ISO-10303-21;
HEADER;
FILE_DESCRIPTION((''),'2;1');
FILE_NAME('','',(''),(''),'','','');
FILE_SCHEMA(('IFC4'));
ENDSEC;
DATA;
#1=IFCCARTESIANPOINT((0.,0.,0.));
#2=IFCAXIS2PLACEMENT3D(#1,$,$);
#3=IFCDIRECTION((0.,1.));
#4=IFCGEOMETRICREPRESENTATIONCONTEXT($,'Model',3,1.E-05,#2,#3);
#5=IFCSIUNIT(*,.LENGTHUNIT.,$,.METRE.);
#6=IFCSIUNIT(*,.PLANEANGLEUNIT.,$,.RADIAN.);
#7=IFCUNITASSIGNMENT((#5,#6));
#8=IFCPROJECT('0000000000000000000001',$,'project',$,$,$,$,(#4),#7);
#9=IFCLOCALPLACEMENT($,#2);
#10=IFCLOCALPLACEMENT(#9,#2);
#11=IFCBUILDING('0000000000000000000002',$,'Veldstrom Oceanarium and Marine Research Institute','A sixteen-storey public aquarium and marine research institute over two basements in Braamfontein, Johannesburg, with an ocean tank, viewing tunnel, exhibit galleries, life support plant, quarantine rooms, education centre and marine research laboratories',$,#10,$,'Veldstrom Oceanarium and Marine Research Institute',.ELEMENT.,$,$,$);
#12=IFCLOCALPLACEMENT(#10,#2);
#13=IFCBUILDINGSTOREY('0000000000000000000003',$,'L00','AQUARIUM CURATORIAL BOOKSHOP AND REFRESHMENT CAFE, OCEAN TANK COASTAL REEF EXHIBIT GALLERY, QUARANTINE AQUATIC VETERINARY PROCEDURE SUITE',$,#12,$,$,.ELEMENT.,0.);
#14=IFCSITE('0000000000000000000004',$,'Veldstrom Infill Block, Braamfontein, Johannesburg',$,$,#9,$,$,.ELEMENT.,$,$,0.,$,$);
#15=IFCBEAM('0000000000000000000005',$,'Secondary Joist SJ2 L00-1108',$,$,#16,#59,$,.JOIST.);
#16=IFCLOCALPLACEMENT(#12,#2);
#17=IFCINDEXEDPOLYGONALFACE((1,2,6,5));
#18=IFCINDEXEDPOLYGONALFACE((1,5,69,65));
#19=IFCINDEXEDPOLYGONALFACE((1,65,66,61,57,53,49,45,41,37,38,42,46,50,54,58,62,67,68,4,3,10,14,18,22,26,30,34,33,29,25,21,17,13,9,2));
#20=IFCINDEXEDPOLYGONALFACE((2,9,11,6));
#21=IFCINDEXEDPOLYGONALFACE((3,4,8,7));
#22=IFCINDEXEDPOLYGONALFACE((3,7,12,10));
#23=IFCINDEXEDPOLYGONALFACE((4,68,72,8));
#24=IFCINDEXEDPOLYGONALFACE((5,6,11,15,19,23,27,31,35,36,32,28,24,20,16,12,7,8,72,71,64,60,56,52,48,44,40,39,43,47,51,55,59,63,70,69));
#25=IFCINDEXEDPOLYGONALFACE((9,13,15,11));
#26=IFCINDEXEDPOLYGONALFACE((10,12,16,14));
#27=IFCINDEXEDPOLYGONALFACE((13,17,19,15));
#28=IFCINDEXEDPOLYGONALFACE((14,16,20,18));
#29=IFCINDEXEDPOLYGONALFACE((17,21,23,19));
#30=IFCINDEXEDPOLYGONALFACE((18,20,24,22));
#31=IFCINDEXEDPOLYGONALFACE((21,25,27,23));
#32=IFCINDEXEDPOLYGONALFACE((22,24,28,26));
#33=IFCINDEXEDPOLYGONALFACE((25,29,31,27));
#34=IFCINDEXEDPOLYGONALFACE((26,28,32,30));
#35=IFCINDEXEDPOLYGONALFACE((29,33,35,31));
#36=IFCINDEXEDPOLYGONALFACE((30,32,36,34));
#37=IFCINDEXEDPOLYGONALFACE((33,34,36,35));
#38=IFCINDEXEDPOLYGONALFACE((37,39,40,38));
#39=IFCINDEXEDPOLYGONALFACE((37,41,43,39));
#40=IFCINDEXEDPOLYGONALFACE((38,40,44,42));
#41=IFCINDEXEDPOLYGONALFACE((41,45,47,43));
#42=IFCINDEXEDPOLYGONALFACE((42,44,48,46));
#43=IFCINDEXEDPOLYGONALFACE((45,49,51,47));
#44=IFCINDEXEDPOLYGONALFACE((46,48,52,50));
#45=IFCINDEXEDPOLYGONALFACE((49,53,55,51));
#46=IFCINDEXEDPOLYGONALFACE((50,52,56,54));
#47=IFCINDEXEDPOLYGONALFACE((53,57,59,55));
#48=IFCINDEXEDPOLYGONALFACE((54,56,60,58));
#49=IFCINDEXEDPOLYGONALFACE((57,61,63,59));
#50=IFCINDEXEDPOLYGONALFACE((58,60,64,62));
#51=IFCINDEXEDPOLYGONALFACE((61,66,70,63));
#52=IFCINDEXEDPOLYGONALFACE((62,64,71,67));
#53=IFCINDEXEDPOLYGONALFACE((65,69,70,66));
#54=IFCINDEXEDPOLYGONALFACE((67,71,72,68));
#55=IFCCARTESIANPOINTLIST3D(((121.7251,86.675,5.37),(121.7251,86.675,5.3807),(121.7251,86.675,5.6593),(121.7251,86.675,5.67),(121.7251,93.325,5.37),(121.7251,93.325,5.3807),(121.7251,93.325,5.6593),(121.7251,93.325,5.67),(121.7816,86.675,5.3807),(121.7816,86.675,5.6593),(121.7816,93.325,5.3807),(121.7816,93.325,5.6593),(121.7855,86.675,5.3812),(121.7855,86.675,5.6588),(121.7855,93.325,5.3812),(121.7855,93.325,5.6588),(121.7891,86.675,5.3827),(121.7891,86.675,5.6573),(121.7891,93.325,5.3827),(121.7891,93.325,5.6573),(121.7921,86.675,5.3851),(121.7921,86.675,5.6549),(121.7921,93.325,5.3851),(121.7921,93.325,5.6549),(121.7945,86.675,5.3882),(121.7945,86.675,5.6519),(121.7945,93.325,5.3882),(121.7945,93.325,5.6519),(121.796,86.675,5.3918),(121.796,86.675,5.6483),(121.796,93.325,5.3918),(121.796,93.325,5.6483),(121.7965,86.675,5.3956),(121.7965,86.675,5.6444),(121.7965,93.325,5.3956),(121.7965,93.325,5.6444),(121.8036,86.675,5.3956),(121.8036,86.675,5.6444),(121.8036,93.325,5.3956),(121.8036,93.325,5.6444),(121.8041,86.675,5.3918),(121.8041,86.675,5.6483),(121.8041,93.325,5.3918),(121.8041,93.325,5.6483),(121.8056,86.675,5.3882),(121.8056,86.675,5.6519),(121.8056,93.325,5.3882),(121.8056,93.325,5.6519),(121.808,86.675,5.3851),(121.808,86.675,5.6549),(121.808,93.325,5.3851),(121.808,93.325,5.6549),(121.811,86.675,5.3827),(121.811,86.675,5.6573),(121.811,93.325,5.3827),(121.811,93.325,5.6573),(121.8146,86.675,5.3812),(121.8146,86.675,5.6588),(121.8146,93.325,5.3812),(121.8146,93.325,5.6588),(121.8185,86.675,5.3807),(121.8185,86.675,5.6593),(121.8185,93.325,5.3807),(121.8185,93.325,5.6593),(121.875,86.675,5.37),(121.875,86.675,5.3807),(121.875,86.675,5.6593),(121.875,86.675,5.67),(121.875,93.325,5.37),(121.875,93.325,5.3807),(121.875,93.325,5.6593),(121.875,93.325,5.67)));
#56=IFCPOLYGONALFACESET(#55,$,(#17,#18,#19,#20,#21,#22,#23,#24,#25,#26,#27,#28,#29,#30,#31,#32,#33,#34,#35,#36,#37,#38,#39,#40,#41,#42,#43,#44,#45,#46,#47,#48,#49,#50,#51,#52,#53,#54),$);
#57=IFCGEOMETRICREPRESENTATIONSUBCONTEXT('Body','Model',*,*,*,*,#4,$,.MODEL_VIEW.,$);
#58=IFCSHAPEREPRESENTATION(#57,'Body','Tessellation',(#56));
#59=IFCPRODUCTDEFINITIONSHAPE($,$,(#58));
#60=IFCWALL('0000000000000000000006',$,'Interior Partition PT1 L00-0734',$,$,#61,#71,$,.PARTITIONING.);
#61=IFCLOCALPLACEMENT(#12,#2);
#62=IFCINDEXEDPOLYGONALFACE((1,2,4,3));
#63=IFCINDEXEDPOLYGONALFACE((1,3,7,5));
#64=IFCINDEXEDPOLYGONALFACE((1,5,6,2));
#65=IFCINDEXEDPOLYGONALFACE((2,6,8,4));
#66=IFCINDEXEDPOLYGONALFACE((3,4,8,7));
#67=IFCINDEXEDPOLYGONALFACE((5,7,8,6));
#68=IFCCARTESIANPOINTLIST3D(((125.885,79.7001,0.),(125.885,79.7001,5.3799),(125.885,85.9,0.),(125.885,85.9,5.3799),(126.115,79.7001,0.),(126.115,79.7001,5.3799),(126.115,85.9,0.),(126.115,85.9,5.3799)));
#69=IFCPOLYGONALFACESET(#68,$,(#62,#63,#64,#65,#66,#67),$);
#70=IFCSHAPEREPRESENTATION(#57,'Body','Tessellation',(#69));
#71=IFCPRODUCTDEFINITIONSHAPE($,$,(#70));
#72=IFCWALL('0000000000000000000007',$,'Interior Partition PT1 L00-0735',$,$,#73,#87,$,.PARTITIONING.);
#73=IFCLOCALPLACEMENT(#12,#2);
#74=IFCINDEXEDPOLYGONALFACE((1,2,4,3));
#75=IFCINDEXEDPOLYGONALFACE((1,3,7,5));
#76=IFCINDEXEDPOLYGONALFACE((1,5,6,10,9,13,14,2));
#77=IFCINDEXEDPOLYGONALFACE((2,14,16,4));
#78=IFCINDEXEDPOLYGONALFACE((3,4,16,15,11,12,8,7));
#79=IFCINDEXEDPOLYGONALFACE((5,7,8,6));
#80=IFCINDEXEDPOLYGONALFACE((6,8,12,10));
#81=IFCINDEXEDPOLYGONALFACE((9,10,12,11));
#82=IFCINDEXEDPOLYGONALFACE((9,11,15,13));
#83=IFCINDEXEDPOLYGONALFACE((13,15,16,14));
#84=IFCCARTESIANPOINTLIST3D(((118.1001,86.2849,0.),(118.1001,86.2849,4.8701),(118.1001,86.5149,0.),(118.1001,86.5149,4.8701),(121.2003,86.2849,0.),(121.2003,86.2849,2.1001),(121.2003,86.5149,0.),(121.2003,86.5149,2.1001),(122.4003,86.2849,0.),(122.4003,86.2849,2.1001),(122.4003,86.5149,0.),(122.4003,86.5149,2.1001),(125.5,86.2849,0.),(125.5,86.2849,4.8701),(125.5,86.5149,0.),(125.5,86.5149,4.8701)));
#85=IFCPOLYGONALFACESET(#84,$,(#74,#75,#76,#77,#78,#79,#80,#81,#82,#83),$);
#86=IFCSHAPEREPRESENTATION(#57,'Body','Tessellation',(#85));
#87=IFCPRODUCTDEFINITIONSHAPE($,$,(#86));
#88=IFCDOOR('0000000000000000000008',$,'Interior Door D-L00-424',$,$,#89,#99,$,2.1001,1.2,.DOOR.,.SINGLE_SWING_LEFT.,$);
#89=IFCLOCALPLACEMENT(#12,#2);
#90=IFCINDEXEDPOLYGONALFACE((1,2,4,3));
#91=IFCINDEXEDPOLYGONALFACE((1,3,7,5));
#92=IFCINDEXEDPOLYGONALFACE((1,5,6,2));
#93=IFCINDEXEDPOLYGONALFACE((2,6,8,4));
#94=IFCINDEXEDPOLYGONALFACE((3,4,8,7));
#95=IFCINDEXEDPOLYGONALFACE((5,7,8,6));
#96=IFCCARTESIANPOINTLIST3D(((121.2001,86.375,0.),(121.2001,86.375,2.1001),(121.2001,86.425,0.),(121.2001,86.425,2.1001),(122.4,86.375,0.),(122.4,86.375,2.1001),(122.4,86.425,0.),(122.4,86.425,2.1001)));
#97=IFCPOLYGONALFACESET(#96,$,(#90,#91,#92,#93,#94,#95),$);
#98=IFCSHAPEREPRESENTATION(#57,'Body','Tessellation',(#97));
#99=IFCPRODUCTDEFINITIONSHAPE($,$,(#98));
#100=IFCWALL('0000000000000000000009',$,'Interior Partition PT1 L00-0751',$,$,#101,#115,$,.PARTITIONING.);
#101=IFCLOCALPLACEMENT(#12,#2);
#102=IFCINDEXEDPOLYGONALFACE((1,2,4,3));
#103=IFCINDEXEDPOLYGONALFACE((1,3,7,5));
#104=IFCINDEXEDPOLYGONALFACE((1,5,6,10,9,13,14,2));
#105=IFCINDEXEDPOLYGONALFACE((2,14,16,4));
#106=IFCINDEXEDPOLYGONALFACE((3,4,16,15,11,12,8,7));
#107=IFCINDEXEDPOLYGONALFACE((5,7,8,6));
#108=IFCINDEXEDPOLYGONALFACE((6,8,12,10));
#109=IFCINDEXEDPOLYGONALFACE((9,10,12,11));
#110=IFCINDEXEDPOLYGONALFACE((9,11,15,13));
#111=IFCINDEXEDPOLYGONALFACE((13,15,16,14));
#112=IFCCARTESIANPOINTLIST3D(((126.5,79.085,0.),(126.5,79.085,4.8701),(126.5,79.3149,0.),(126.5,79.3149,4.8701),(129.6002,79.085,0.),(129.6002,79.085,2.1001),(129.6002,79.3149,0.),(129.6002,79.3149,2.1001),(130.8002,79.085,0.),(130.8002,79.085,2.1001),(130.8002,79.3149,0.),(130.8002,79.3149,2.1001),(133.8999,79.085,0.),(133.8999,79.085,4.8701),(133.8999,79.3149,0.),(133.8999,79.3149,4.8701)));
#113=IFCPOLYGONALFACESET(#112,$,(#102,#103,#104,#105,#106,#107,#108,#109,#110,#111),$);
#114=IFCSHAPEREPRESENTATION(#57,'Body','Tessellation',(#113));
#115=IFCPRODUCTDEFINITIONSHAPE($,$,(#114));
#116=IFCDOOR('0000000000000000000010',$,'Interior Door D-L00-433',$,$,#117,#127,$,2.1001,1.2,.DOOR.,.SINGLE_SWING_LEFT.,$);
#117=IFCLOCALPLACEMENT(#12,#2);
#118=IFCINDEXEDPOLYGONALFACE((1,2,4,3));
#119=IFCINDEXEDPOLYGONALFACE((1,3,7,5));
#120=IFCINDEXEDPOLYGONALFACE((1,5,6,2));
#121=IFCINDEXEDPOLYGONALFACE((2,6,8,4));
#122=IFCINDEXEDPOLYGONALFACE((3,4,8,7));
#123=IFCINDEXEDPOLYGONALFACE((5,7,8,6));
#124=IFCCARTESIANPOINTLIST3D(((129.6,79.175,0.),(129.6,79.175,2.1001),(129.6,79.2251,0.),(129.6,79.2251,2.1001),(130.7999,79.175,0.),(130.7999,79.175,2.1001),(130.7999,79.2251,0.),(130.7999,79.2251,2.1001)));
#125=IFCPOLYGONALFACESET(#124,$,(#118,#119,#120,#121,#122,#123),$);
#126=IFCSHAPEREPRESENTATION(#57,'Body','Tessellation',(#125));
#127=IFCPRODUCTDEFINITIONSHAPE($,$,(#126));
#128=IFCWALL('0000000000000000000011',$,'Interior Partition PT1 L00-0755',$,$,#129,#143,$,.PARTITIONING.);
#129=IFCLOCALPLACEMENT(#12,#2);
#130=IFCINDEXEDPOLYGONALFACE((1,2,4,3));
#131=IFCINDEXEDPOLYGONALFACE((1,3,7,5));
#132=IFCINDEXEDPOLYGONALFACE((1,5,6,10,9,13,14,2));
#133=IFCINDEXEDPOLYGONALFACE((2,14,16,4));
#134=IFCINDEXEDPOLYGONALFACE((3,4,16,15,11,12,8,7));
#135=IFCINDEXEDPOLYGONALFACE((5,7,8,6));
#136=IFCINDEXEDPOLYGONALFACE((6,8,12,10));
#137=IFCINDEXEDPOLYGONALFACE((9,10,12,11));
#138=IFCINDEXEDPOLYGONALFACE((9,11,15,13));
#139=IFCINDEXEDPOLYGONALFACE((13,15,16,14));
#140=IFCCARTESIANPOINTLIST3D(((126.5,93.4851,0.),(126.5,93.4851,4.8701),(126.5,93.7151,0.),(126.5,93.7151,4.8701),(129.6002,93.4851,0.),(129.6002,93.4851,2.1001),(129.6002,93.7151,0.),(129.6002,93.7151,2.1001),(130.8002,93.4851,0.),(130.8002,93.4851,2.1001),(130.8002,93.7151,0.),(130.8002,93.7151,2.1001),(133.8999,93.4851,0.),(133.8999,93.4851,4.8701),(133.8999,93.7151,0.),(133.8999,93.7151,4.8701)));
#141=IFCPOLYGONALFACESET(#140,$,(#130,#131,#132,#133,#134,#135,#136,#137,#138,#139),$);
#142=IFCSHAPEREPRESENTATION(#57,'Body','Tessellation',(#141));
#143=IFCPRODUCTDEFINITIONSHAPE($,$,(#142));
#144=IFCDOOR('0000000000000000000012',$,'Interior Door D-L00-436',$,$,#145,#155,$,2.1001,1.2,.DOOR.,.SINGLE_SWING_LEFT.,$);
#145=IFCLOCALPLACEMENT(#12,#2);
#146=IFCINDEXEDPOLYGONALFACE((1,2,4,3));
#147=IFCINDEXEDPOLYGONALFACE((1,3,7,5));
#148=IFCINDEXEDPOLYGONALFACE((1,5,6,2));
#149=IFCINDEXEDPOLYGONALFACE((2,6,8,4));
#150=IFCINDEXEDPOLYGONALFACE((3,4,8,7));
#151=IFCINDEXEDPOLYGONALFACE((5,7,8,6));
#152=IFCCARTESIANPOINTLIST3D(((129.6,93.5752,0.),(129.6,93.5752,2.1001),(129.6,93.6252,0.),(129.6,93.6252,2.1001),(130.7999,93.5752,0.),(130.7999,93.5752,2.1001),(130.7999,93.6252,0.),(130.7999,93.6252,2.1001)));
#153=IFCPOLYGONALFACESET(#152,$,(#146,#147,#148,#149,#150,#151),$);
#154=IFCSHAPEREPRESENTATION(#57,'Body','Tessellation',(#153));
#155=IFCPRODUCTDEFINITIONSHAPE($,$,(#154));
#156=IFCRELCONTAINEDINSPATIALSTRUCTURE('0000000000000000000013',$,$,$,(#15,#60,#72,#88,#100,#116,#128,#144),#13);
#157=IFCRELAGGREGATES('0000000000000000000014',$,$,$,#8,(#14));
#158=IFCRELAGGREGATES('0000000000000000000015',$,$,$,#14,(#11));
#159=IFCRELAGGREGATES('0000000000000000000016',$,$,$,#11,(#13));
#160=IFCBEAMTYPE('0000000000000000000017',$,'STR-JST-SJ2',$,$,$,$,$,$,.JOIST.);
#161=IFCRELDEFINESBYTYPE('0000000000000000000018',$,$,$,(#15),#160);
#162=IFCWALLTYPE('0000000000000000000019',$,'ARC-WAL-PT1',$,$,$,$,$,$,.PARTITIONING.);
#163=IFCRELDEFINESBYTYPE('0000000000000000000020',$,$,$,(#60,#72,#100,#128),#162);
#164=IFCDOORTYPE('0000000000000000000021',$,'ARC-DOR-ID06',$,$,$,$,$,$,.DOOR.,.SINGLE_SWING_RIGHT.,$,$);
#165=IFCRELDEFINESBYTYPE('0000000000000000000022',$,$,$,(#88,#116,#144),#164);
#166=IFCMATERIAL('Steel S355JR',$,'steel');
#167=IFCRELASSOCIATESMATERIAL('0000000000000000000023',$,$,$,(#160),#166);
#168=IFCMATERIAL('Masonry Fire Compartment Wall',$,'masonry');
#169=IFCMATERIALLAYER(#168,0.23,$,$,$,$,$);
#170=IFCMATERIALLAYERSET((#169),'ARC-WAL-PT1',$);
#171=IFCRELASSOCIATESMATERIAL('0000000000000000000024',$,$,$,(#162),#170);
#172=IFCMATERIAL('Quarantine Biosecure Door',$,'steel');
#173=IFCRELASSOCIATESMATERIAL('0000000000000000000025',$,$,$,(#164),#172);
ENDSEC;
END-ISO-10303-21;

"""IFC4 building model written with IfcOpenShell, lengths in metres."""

from ifc_helpers import new_model, si_unit, direction, frame, frame_2d, origin, origin_2d, place, context, subcontext, project, spatial, rectangle, i_section, extrude, material, layer, layer_set, material_profile, profile_set, type_object, element, fill, save


model = new_model("IFC4")

# Units and contexts
model_context = context("Model", 3, precision=1e-05, world=origin(), true_north=direction((0.0, 1.0)))
body_context = subcontext(model_context, "Body", "Model", "MODEL_VIEW")
ifc_project = project(units=[si_unit("LENGTHUNIT", "METRE"), si_unit("PLANEANGLEUNIT", "RADIAN")], contexts=[model_context])

# Site, building, storey
site_placement = place(None, origin())
site = spatial("IfcSite", under=ifc_project, at=site_placement, Name="Veldstrom Infill Block, Braamfontein, Johannesburg", CompositionType="ELEMENT", RefElevation=0.0)
building_placement = place(site_placement, origin())
building = spatial("IfcBuilding", under=site, at=building_placement, Name="Veldstrom Oceanarium and Marine Research Institute", Description="A sixteen-storey public aquarium and marine research institute over two basements in Braamfontein, Johannesburg, with an ocean tank, viewing tunnel, exhibit galleries, life support plant, quarantine rooms, education centre and marine research laboratories", LongName="Veldstrom Oceanarium and Marine Research Institute", CompositionType="ELEMENT")
storey_placement = place(building_placement, origin())
storey = spatial("IfcBuildingStorey", under=building, at=storey_placement, Name="L00", Description="AQUARIUM CURATORIAL BOOKSHOP AND REFRESHMENT CAFE, OCEAN TANK COASTAL REEF EXHIBIT GALLERY, QUARANTINE AQUATIC VETERINARY PROCEDURE SUITE", CompositionType="ELEMENT", Elevation=0.0)

# Beam
ifc_material_1 = material(Name="Steel S355JR", Category="steel")
ifc_material_profile_1 = material_profile(ifc_material_1, i_section(OverallWidth=0.1499, OverallDepth=0.3, WebThickness=0.0071, FlangeThickness=0.0107, FilletRadius=0.0149, at=origin_2d()), Name="IPE 300")
ifc_profile_set_1 = profile_set([ifc_material_profile_1], Name="Steel S355JR")
beam_type_1 = type_object("IfcBeamType", Name="STR-JST-SJ2", PredefinedType="JOIST", material=ifc_profile_set_1)
beam_1_placement = place(storey_placement, frame((121.8, 86.675, 5.52), z_axis=(0.0, 1.0, 0.0), x_axis=(-1.0, 0.0, 0.0)))
element("IfcBeam", 1, at=beam_1_placement, inside=storey, type_object=beam_type_1, Name="Secondary Joist SJ2 L00-1108", PredefinedType="JOIST", context=body_context, shape_type="SweptSolid", body=[
    extrude(i_section(OverallWidth=0.1499, OverallDepth=0.3, WebThickness=0.0071, FlangeThickness=0.0107, FilletRadius=0.0149, at=origin_2d()), origin(), (0.0, 0.0, 1.0), 6.6499),
])

# Wall
ifc_material_2 = material(Name="Masonry Fire Compartment Wall", Category="masonry")
ifc_layer_1 = layer(ifc_material_2, 0.23)
ifc_layer_set_1 = layer_set([ifc_layer_1], Name="ARC-WAL-PT1")
wall_type_1 = type_object("IfcWallType", Name="ARC-WAL-PT1", PredefinedType="PARTITIONING", material=ifc_layer_set_1)
wall_1_placement = place(storey_placement, frame((126.0, 79.7, 0.0), z_axis=(0.0, 0.0, 1.0), x_axis=(0.0, 1.0, 0.0)))
element("IfcWall", 2, at=wall_1_placement, inside=storey, type_object=wall_type_1, Name="Interior Partition PT1 L00-0734", PredefinedType="PARTITIONING", context=body_context, shape_type="SweptSolid", body=[
    extrude(rectangle(XDim=6.2, YDim=0.23, at=frame_2d((3.1001, 0.0))), origin(), (0.0, 0.0, 1.0), 5.3799),
])

# Walls, openings, doors
wall_2_placement = place(storey_placement, frame((118.1001, 86.3999, 0.0), z_axis=(0.0, 0.0, 1.0), x_axis=(1.0, 0.0, 0.0)))
wall_2 = element("IfcWall", 3, at=wall_2_placement, inside=storey, type_object=wall_type_1, Name="Interior Partition PT1 L00-0735", PredefinedType="PARTITIONING", context=body_context, shape_type="SweptSolid", body=[
    extrude(rectangle(XDim=7.3999, YDim=0.23, at=frame_2d((3.7, 0.0))), origin(), (0.0, 0.0, 1.0), 4.8701),
])
opening_1_placement = place(wall_2_placement, frame((3.1001, 0.0, 0.0)))
opening_1 = element("IfcOpeningElement", 4, at=opening_1_placement, cuts=wall_2, PredefinedType="OPENING", context=body_context, shape_type="SweptSolid", body=[
    extrude(rectangle(XDim=1.2, YDim=2.1001, at=frame_2d((0.6001, 1.05))), frame((0.0, 0.125, 0.0), z_axis=(0.0, -1.0, 0.0), x_axis=(1.0, 0.0, 0.0)), (0.0, 0.0, 1.0), 0.25),
])
ifc_material_3 = material(Name="Quarantine Biosecure Door", Category="steel")
door_type = type_object("IfcDoorType", Name="ARC-DOR-ID06", OperationType="SINGLE_SWING_RIGHT", PredefinedType="DOOR", material=ifc_material_3)
door_1_placement = place(opening_1_placement, frame((1.2, 0.0, 0.0), z_axis=(0.0, 0.0, 1.0), x_axis=(-1.0, 0.0, 0.0)))
door_1 = element("IfcDoor", 5, at=door_1_placement, inside=storey, type_object=door_type, Name="Interior Door D-L00-424", OperationType="SINGLE_SWING_LEFT", OverallHeight=2.1001, OverallWidth=1.2, PredefinedType="DOOR", context=body_context, shape_type="SweptSolid", body=[
    extrude(rectangle(XDim=1.2, YDim=2.1001, at=frame_2d((0.6001, 1.05))), frame((0.0, 0.0249, 0.0), z_axis=(0.0, -1.0, 0.0), x_axis=(1.0, 0.0, 0.0)), (0.0, 0.0, 1.0), 0.05),
])
fill(opening_1, door_1)
wall_3_placement = place(storey_placement, frame((126.5, 79.2, 0.0), z_axis=(0.0, 0.0, 1.0), x_axis=(1.0, 0.0, 0.0)))
wall_3 = element("IfcWall", 6, at=wall_3_placement, inside=storey, type_object=wall_type_1, Name="Interior Partition PT1 L00-0751", PredefinedType="PARTITIONING", context=body_context, shape_type="SweptSolid", body=[
    extrude(rectangle(XDim=7.3999, YDim=0.23, at=frame_2d((3.7, 0.0))), origin(), (0.0, 0.0, 1.0), 4.8701),
])
opening_2_placement = place(wall_3_placement, frame((3.1001, 0.0, 0.0)))
opening_2 = element("IfcOpeningElement", 7, at=opening_2_placement, cuts=wall_3, PredefinedType="OPENING", context=body_context, shape_type="SweptSolid", body=[
    extrude(rectangle(XDim=1.2, YDim=2.1001, at=frame_2d((0.6001, 1.05))), frame((0.0, 0.125, 0.0), z_axis=(0.0, -1.0, 0.0), x_axis=(1.0, 0.0, 0.0)), (0.0, 0.0, 1.0), 0.25),
])
door_2_placement = place(opening_2_placement, frame((1.2, 0.0, 0.0), z_axis=(0.0, 0.0, 1.0), x_axis=(-1.0, 0.0, 0.0)))
door_2 = element("IfcDoor", 8, at=door_2_placement, inside=storey, type_object=door_type, Name="Interior Door D-L00-433", OperationType="SINGLE_SWING_LEFT", OverallHeight=2.1001, OverallWidth=1.2, PredefinedType="DOOR", context=body_context, shape_type="SweptSolid", body=[
    extrude(rectangle(XDim=1.2, YDim=2.1001, at=frame_2d((0.6001, 1.05))), frame((0.0, 0.0249, 0.0), z_axis=(0.0, -1.0, 0.0), x_axis=(1.0, 0.0, 0.0)), (0.0, 0.0, 1.0), 0.05),
])
fill(opening_2, door_2)
wall_4_placement = place(storey_placement, frame((126.5, 93.6001, 0.0), z_axis=(0.0, 0.0, 1.0), x_axis=(1.0, 0.0, 0.0)))
wall_4 = element("IfcWall", 9, at=wall_4_placement, inside=storey, type_object=wall_type_1, Name="Interior Partition PT1 L00-0755", PredefinedType="PARTITIONING", context=body_context, shape_type="SweptSolid", body=[
    extrude(rectangle(XDim=7.3999, YDim=0.23, at=frame_2d((3.7, 0.0))), origin(), (0.0, 0.0, 1.0), 4.8701),
])
opening_3_placement = place(wall_4_placement, frame((3.1001, 0.0, 0.0)))
opening_3 = element("IfcOpeningElement", 10, at=opening_3_placement, cuts=wall_4, PredefinedType="OPENING", context=body_context, shape_type="SweptSolid", body=[
    extrude(rectangle(XDim=1.2, YDim=2.1001, at=frame_2d((0.6001, 1.05))), frame((0.0, 0.125, 0.0), z_axis=(0.0, -1.0, 0.0), x_axis=(1.0, 0.0, 0.0)), (0.0, 0.0, 1.0), 0.25),
])
door_3_placement = place(opening_3_placement, frame((1.2, 0.0, 0.0), z_axis=(0.0, 0.0, 1.0), x_axis=(-1.0, 0.0, 0.0)))
door_3 = element("IfcDoor", 11, at=door_3_placement, inside=storey, type_object=door_type, Name="Interior Door D-L00-436", OperationType="SINGLE_SWING_LEFT", OverallHeight=2.1001, OverallWidth=1.2, PredefinedType="DOOR", context=body_context, shape_type="SweptSolid", body=[
    extrude(rectangle(XDim=1.2, YDim=2.1001, at=frame_2d((0.6001, 1.05))), frame((0.0, 0.0249, 0.0), z_axis=(0.0, -1.0, 0.0), x_axis=(1.0, 0.0, 0.0)), (0.0, 0.0, 1.0), 0.05),
])
fill(opening_3, door_3)

save(model, "model.ifc")
